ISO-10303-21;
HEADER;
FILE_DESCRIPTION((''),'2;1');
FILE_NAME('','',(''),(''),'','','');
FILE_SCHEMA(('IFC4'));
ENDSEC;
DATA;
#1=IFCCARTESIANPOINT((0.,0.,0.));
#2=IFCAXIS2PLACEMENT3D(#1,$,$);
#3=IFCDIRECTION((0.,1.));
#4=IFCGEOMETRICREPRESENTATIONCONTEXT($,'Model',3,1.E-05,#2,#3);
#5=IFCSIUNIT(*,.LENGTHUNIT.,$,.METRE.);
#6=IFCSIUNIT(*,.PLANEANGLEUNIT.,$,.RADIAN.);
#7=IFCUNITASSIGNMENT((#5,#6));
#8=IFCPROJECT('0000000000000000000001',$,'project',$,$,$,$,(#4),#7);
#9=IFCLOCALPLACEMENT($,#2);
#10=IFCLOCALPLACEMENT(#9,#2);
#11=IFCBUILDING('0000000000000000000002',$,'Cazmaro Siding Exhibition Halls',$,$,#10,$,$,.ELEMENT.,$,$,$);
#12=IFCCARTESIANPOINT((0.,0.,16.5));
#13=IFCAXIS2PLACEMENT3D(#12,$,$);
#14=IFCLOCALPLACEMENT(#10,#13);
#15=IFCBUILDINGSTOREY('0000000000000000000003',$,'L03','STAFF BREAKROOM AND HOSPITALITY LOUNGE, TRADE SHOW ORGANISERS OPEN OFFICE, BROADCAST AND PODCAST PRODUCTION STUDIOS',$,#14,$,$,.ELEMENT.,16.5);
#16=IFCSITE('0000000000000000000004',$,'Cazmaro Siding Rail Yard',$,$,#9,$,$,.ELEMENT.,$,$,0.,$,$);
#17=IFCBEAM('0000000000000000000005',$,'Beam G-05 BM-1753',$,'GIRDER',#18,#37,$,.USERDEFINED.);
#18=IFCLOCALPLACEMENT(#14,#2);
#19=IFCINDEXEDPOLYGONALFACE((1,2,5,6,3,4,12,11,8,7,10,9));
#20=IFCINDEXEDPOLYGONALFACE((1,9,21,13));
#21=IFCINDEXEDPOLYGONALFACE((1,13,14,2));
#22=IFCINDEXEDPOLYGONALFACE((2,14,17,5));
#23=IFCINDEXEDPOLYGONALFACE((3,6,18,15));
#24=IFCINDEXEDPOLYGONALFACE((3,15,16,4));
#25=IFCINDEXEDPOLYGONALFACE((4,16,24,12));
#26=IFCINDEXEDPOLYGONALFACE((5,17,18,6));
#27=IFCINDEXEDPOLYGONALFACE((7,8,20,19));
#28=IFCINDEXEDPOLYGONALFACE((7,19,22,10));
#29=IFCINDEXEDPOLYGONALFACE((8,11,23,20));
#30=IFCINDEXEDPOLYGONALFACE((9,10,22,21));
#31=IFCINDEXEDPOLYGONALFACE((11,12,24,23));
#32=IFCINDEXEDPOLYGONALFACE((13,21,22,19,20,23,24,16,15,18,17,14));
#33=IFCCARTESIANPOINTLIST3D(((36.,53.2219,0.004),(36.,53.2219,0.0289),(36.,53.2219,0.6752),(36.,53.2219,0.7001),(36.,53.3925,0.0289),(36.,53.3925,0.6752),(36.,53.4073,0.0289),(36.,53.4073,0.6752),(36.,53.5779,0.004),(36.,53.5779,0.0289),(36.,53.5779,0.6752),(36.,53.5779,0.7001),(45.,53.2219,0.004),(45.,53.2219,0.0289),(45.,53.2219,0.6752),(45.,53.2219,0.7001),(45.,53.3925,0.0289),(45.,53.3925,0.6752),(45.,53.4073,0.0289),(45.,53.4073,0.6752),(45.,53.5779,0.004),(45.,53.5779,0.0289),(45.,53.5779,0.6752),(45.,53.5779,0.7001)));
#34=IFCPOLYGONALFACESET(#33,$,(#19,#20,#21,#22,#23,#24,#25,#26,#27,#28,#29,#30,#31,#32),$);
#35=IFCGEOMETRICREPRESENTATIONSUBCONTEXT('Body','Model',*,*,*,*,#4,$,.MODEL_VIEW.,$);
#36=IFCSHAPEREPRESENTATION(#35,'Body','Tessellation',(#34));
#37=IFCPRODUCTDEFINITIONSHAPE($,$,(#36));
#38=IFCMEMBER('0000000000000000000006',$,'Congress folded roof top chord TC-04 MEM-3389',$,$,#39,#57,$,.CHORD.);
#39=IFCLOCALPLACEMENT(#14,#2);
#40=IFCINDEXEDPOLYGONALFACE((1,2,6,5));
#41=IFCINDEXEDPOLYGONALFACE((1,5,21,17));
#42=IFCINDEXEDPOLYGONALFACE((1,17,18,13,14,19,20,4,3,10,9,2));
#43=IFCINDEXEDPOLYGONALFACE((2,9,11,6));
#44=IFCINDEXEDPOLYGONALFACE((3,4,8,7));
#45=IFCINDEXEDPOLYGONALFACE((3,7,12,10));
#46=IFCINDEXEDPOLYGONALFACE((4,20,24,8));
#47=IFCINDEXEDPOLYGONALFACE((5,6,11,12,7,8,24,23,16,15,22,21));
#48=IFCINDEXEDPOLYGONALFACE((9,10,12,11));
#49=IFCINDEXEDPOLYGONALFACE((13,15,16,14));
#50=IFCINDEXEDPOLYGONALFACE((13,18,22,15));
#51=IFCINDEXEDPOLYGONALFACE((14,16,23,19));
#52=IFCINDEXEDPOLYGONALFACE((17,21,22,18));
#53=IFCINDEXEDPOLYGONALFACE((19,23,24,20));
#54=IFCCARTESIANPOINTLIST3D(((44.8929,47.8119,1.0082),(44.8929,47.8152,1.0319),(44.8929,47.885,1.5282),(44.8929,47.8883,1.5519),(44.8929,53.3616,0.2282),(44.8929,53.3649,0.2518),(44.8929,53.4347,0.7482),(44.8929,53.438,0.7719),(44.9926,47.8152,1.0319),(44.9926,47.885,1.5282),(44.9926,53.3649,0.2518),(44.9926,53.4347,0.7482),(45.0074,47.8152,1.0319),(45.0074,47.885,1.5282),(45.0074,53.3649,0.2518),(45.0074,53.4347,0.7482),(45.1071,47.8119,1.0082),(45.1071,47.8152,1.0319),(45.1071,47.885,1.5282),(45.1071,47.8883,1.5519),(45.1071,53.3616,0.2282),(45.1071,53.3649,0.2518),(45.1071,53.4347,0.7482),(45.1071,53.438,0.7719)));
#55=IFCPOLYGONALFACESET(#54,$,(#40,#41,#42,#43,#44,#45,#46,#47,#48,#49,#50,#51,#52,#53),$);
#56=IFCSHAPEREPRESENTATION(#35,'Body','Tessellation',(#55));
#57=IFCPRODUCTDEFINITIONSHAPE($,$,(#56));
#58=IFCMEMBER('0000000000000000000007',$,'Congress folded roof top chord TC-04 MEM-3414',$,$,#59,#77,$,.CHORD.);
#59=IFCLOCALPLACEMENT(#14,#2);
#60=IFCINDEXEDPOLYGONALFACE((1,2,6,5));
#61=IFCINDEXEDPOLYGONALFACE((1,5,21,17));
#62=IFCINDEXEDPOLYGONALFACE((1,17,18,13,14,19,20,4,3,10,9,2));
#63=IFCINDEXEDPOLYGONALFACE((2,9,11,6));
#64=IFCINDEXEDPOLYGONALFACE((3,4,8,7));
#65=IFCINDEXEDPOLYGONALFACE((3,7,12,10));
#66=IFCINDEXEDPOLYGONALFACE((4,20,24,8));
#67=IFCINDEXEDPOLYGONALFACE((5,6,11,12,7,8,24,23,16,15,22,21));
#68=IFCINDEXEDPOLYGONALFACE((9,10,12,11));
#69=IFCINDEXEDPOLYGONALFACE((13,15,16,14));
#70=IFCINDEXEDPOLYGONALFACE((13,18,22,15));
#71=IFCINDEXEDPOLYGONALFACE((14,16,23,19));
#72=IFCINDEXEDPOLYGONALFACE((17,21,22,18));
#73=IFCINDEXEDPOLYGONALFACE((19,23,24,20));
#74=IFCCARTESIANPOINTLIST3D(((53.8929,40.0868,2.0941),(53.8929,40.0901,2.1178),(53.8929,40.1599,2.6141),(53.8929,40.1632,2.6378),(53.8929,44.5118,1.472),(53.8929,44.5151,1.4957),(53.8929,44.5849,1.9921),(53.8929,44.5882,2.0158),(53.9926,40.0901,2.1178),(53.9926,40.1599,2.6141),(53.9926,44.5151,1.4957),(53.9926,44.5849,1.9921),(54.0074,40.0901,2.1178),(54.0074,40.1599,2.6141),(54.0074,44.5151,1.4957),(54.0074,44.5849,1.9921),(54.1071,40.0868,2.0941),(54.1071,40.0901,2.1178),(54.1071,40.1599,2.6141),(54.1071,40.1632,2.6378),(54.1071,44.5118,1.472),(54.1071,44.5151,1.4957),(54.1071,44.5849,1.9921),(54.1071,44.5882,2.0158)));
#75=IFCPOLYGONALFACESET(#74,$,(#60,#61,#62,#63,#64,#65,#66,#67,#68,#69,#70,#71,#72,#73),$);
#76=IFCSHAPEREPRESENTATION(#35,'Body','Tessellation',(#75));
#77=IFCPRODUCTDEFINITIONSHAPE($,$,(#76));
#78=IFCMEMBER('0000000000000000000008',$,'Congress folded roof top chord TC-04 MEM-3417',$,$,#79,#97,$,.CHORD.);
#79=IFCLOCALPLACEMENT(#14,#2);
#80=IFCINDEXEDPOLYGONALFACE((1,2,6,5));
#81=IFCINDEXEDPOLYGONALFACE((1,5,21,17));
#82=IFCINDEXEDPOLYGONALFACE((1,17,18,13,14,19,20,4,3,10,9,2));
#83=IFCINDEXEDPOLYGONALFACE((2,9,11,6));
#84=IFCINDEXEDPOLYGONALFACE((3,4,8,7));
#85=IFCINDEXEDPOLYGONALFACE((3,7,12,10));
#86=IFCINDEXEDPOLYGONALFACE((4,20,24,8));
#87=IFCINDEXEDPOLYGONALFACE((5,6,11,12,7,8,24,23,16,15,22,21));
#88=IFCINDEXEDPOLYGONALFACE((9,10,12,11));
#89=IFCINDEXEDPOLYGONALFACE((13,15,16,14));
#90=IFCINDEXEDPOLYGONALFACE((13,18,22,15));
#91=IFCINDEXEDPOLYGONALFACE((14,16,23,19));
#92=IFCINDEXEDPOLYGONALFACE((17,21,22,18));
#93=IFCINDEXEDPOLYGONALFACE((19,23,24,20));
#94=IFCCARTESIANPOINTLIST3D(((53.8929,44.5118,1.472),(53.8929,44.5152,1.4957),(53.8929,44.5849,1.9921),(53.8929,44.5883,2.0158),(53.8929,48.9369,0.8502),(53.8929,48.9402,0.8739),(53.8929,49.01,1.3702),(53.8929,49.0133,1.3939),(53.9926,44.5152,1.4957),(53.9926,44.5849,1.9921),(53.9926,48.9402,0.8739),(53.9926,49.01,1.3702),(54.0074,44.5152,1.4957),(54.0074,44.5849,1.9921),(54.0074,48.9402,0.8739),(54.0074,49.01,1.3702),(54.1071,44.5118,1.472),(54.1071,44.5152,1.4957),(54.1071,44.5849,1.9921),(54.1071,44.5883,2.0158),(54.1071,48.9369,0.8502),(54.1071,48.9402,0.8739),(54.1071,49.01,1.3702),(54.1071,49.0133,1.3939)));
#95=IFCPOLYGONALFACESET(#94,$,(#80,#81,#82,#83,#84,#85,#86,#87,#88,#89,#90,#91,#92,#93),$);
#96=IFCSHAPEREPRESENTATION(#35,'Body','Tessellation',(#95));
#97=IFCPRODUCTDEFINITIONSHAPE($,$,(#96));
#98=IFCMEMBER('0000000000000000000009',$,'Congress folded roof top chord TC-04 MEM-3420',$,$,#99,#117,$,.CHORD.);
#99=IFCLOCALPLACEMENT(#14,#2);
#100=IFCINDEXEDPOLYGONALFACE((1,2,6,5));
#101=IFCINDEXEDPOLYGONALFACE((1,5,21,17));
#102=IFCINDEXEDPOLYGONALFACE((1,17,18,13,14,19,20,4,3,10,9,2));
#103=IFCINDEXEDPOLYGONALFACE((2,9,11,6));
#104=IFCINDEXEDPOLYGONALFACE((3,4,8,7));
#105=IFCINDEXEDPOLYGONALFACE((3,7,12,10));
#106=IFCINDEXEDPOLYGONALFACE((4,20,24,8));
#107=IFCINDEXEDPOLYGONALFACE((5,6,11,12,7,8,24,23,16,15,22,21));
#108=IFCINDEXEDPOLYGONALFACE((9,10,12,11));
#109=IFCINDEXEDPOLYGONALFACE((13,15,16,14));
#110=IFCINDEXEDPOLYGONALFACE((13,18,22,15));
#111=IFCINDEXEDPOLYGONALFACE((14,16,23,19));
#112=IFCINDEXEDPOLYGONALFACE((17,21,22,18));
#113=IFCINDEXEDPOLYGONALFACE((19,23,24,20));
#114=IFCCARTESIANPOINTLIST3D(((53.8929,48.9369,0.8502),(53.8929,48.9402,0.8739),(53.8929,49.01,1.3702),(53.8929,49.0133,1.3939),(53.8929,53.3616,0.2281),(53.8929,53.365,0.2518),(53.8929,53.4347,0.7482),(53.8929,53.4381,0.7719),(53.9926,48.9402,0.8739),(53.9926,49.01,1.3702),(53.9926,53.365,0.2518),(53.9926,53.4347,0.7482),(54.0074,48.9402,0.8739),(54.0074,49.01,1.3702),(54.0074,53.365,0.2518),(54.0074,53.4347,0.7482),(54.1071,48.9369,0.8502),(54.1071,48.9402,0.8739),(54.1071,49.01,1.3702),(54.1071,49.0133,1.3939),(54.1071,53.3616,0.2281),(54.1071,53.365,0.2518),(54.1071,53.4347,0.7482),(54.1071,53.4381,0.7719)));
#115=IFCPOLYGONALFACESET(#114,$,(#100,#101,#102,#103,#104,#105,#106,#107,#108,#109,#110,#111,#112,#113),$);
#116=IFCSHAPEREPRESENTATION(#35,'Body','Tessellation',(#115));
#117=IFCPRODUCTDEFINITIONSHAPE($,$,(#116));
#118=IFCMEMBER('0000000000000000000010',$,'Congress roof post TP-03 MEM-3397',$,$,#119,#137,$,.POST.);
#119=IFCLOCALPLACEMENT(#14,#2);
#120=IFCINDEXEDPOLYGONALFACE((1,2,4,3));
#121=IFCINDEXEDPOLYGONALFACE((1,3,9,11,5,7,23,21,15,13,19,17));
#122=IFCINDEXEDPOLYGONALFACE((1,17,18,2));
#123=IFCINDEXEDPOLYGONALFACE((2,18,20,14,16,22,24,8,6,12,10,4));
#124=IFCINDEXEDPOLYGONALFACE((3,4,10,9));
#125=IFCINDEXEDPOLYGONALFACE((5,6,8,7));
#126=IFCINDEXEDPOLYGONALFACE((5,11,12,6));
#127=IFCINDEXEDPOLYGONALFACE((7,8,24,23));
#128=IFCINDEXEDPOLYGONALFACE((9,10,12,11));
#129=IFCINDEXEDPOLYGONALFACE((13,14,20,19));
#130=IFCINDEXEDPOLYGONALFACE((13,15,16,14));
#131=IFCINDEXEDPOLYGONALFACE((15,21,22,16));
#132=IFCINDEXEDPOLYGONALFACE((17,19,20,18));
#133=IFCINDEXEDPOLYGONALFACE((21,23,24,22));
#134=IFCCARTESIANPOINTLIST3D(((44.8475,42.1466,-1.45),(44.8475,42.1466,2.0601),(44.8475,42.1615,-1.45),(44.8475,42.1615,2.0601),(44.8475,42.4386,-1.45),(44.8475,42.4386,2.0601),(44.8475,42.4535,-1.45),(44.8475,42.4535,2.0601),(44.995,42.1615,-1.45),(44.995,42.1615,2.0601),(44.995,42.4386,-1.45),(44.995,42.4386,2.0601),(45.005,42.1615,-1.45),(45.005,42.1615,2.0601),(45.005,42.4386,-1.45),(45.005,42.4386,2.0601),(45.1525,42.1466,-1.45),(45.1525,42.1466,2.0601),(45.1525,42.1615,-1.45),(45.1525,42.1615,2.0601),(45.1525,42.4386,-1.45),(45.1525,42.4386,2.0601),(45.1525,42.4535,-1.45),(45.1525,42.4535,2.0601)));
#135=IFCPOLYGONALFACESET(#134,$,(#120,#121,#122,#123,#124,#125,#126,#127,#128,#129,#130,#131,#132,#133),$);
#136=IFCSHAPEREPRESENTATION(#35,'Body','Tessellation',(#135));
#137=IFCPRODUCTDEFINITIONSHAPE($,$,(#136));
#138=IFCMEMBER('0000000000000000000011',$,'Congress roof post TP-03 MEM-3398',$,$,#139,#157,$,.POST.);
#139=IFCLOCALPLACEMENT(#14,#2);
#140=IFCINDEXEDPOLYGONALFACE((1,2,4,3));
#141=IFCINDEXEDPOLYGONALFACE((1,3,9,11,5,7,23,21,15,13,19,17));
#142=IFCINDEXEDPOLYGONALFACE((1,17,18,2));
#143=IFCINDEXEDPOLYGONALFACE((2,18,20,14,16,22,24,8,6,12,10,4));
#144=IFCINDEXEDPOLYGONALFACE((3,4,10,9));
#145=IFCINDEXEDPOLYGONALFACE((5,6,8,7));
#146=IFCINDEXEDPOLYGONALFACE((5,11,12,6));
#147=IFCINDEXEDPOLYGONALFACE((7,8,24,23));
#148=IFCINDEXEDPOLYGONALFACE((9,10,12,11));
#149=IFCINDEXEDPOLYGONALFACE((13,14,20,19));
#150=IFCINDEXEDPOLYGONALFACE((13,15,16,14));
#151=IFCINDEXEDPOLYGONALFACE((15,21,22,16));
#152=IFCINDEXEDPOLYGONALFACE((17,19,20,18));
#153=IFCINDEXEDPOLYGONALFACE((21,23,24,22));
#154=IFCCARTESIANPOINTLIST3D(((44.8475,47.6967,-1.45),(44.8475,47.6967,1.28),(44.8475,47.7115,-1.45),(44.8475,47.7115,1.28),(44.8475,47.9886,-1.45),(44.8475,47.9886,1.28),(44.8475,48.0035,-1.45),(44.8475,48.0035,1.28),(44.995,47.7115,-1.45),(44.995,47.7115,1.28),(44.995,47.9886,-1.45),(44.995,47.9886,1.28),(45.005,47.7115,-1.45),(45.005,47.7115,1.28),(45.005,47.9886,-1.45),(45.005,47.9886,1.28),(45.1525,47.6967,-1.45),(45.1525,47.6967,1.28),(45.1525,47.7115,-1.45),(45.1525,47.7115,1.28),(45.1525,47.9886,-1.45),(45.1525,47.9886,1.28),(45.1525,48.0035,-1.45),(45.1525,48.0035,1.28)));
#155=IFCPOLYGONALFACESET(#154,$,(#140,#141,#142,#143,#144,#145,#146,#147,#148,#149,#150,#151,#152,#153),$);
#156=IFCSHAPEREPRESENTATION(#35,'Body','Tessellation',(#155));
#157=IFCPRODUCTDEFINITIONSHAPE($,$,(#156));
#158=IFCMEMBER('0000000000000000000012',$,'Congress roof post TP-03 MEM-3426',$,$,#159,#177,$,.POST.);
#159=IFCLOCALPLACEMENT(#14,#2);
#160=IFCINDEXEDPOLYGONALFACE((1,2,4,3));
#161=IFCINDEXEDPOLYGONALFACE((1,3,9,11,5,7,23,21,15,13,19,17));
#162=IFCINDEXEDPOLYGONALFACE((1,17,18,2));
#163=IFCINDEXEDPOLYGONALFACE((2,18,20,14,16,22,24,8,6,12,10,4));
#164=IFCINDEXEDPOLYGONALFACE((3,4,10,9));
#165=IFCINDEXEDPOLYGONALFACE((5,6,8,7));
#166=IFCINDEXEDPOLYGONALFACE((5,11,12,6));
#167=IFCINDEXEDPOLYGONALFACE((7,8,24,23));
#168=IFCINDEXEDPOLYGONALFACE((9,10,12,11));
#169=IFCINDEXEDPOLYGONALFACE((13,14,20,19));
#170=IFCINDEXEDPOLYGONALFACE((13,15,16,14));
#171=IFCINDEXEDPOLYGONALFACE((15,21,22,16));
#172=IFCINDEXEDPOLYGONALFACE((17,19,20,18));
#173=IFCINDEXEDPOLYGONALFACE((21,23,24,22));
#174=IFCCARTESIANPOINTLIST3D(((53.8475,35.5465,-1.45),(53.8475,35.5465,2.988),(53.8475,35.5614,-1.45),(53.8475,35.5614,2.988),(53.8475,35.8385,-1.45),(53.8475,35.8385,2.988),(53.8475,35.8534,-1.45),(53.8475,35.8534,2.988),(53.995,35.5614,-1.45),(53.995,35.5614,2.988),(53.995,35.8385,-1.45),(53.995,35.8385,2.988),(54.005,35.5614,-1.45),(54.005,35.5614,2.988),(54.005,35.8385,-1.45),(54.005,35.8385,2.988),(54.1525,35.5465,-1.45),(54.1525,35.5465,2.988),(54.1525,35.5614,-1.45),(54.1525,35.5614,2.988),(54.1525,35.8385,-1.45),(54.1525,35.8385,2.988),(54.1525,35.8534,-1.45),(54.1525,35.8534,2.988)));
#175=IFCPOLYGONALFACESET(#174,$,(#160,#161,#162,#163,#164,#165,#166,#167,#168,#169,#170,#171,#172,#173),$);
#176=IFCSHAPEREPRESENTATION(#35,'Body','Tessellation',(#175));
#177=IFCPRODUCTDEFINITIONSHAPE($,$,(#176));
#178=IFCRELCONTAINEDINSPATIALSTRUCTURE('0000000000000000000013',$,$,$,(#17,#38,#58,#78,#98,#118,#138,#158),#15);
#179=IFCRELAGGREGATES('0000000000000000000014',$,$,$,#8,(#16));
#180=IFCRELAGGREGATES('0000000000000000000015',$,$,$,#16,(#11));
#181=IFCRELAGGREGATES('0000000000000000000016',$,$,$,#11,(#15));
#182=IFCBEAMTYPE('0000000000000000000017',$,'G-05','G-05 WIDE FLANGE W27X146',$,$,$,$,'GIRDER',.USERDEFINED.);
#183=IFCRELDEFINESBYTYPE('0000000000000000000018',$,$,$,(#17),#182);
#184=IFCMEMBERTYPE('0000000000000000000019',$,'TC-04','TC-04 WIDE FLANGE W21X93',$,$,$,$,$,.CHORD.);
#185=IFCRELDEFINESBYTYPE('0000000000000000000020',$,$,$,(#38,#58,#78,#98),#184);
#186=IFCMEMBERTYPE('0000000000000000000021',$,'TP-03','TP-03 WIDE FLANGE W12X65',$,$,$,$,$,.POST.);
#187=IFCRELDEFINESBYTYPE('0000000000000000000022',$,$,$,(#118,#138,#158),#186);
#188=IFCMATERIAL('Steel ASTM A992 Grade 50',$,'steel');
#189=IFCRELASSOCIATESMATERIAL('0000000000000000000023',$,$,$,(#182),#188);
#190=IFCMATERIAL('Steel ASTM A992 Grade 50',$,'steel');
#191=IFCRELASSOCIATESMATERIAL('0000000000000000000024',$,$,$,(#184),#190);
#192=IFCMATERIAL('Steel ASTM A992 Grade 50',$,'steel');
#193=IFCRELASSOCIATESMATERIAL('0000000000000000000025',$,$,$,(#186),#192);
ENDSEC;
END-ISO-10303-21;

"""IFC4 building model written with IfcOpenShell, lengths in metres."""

from ifc_helpers import new_model, si_unit, direction, frame, origin, origin_2d, place, context, subcontext, project, spatial, i_section, extrude, material, material_profile, profile_set, type_object, element, save


model = new_model("IFC4")

# Units and contexts
model_context = context("Model", 3, precision=1e-05, world=origin(), true_north=direction((0.0, 1.0)))
body_context = subcontext(model_context, "Body", "Model", "MODEL_VIEW")
ifc_project = project(units=[si_unit("LENGTHUNIT", "METRE"), si_unit("PLANEANGLEUNIT", "RADIAN")], contexts=[model_context])

# Site, building, storey
site_placement = place(None, origin())
site = spatial("IfcSite", under=ifc_project, at=site_placement, Name="Cazmaro Siding Rail Yard", CompositionType="ELEMENT", RefElevation=0.0)
building_placement = place(site_placement, origin())
building = spatial("IfcBuilding", under=site, at=building_placement, Name="Cazmaro Siding Exhibition Halls", CompositionType="ELEMENT")
storey_placement = place(building_placement, frame((0.0, 0.0, 16.5)))
storey = spatial("IfcBuildingStorey", under=building, at=storey_placement, Name="L03", Description="STAFF BREAKROOM AND HOSPITALITY LOUNGE, TRADE SHOW ORGANISERS OPEN OFFICE, BROADCAST AND PODCAST PRODUCTION STUDIOS", CompositionType="ELEMENT", Elevation=16.5)

# Beam
ifc_material_1 = material(Name="Steel ASTM A992 Grade 50", Category="steel")
ifc_material_profile_1 = material_profile(ifc_material_1, i_section(OverallWidth=0.356, OverallDepth=0.696, WebThickness=0.0149, FlangeThickness=0.0249, at=origin_2d()), Name="W27X146")
ifc_profile_set_1 = profile_set([ifc_material_profile_1], Name="Steel ASTM A992 Grade 50")
beam_type_1 = type_object("IfcBeamType", Name="G-05", Description="G-05 WIDE FLANGE W27X146", ElementType="GIRDER", PredefinedType="USERDEFINED", material=ifc_profile_set_1)
for number, where, z_axis, x_axis, name in (
    (1, (45.0, 53.3999, 0.3521), (-1.0, 0.0, 0.0), (0.0, -1.0, 0.0), "Beam G-05 BM-1753"),
):
    element("IfcBeam", number, at=place(storey_placement, frame(where, z_axis=z_axis, x_axis=x_axis)), inside=storey, type_object=beam_type_1, Name=name, ObjectType="GIRDER", PredefinedType="USERDEFINED", context=body_context, shape_type="SweptSolid", body=[
        extrude(i_section(OverallWidth=0.356, OverallDepth=0.696, WebThickness=0.0149, FlangeThickness=0.0249, at=origin_2d()), origin(), (0.0, 0.0, 1.0), 9.0),
    ])

# Members
ifc_material_2 = material(Name="Steel ASTM A992 Grade 50", Category="steel")
ifc_material_profile_2 = material_profile(ifc_material_2, i_section(OverallWidth=0.2141, OverallDepth=0.5491, WebThickness=0.0149, FlangeThickness=0.0239, at=origin_2d()), Name="W21X93")
ifc_profile_set_2 = profile_set([ifc_material_profile_2], Name="Steel ASTM A992 Grade 50")
member_type_1 = type_object("IfcMemberType", Name="TC-04", Description="TC-04 WIDE FLANGE W21X93", PredefinedType="CHORD", material=ifc_profile_set_2)
member_1_placement = place(storey_placement, frame((45.0, 47.8501, 1.28), z_axis=(0.0, 0.990267, -0.139183), x_axis=(-1.0, 0.0, 0.0)))
element("IfcMember", 2, at=member_1_placement, inside=storey, type_object=member_type_1, Name="Congress folded roof top chord TC-04 MEM-3389", PredefinedType="CHORD", context=body_context, shape_type="SweptSolid", body=[
    extrude(i_section(OverallWidth=0.2141, OverallDepth=0.5491, WebThickness=0.0149, FlangeThickness=0.0239, at=origin_2d()), origin(), (0.0, 0.0, 1.0), 5.6042),
])
for number, where, z_axis, x_axis, name in (
    (3, (54.0, 40.125, 2.366), (0.0, 0.990263, -0.13921), (-1.0, 0.0, 0.0), "Congress folded roof top chord TC-04 MEM-3414"),
    (4, (54.0, 44.55, 1.7439), (0.0, 0.99027, -0.139157), (-1.0, 0.0, 0.0), "Congress folded roof top chord TC-04 MEM-3417"),
):
    element("IfcMember", number, at=place(storey_placement, frame(where, z_axis=z_axis, x_axis=x_axis)), inside=storey, type_object=member_type_1, Name=name, PredefinedType="CHORD", context=body_context, shape_type="SweptSolid", body=[
        extrude(i_section(OverallWidth=0.2141, OverallDepth=0.5491, WebThickness=0.0149, FlangeThickness=0.0239, at=origin_2d()), origin(), (0.0, 0.0, 1.0), 4.4685),
    ])
member_2_placement = place(storey_placement, frame((54.0, 48.9751, 1.1221), z_axis=(0.0, 0.990262, -0.139218), x_axis=(-1.0, 0.0, 0.0)))
element("IfcMember", 5, at=member_2_placement, inside=storey, type_object=member_type_1, Name="Congress folded roof top chord TC-04 MEM-3420", PredefinedType="CHORD", context=body_context, shape_type="SweptSolid", body=[
    extrude(i_section(OverallWidth=0.2141, OverallDepth=0.5491, WebThickness=0.0149, FlangeThickness=0.0239, at=origin_2d()), origin(), (0.0, 0.0, 1.0), 4.4683),
])
ifc_material_3 = material(Name="Steel ASTM A992 Grade 50", Category="steel")
ifc_material_profile_3 = material_profile(ifc_material_3, i_section(OverallWidth=0.3049, OverallDepth=0.3069, WebThickness=0.01, FlangeThickness=0.0149, at=origin_2d()), Name="W12X65")
ifc_profile_set_3 = profile_set([ifc_material_profile_3], Name="Steel ASTM A992 Grade 50")
member_type_2 = type_object("IfcMemberType", Name="TP-03", Description="TP-03 WIDE FLANGE W12X65", PredefinedType="POST", material=ifc_profile_set_3)
member_3_placement = place(storey_placement, frame((45.0, 42.3, -1.45), z_axis=(0.0, 0.0, 1.0), x_axis=(1.0, 0.0, 0.0)))
element("IfcMember", 6, at=member_3_placement, inside=storey, type_object=member_type_2, Name="Congress roof post TP-03 MEM-3397", PredefinedType="POST", context=body_context, shape_type="SweptSolid", body=[
    extrude(i_section(OverallWidth=0.3049, OverallDepth=0.3069, WebThickness=0.01, FlangeThickness=0.0149, at=origin_2d()), origin(), (0.0, 0.0, 1.0), 3.51),
])
member_4_placement = place(storey_placement, frame((45.0, 47.8501, -1.45), z_axis=(0.0, 0.0, 1.0), x_axis=(1.0, 0.0, 0.0)))
element("IfcMember", 7, at=member_4_placement, inside=storey, type_object=member_type_2, Name="Congress roof post TP-03 MEM-3398", PredefinedType="POST", context=body_context, shape_type="SweptSolid", body=[
    extrude(i_section(OverallWidth=0.3049, OverallDepth=0.3069, WebThickness=0.01, FlangeThickness=0.0149, at=origin_2d()), origin(), (0.0, 0.0, 1.0), 2.73),
])
member_5_placement = place(storey_placement, frame((54.0, 35.7, -1.45), z_axis=(0.0, 0.0, 1.0), x_axis=(1.0, 0.0, 0.0)))
element("IfcMember", 8, at=member_5_placement, inside=storey, type_object=member_type_2, Name="Congress roof post TP-03 MEM-3426", PredefinedType="POST", context=body_context, shape_type="SweptSolid", body=[
    extrude(i_section(OverallWidth=0.3049, OverallDepth=0.3069, WebThickness=0.01, FlangeThickness=0.0149, at=origin_2d()), origin(), (0.0, 0.0, 1.0), 4.438),
])

save(model, "model.ifc")
